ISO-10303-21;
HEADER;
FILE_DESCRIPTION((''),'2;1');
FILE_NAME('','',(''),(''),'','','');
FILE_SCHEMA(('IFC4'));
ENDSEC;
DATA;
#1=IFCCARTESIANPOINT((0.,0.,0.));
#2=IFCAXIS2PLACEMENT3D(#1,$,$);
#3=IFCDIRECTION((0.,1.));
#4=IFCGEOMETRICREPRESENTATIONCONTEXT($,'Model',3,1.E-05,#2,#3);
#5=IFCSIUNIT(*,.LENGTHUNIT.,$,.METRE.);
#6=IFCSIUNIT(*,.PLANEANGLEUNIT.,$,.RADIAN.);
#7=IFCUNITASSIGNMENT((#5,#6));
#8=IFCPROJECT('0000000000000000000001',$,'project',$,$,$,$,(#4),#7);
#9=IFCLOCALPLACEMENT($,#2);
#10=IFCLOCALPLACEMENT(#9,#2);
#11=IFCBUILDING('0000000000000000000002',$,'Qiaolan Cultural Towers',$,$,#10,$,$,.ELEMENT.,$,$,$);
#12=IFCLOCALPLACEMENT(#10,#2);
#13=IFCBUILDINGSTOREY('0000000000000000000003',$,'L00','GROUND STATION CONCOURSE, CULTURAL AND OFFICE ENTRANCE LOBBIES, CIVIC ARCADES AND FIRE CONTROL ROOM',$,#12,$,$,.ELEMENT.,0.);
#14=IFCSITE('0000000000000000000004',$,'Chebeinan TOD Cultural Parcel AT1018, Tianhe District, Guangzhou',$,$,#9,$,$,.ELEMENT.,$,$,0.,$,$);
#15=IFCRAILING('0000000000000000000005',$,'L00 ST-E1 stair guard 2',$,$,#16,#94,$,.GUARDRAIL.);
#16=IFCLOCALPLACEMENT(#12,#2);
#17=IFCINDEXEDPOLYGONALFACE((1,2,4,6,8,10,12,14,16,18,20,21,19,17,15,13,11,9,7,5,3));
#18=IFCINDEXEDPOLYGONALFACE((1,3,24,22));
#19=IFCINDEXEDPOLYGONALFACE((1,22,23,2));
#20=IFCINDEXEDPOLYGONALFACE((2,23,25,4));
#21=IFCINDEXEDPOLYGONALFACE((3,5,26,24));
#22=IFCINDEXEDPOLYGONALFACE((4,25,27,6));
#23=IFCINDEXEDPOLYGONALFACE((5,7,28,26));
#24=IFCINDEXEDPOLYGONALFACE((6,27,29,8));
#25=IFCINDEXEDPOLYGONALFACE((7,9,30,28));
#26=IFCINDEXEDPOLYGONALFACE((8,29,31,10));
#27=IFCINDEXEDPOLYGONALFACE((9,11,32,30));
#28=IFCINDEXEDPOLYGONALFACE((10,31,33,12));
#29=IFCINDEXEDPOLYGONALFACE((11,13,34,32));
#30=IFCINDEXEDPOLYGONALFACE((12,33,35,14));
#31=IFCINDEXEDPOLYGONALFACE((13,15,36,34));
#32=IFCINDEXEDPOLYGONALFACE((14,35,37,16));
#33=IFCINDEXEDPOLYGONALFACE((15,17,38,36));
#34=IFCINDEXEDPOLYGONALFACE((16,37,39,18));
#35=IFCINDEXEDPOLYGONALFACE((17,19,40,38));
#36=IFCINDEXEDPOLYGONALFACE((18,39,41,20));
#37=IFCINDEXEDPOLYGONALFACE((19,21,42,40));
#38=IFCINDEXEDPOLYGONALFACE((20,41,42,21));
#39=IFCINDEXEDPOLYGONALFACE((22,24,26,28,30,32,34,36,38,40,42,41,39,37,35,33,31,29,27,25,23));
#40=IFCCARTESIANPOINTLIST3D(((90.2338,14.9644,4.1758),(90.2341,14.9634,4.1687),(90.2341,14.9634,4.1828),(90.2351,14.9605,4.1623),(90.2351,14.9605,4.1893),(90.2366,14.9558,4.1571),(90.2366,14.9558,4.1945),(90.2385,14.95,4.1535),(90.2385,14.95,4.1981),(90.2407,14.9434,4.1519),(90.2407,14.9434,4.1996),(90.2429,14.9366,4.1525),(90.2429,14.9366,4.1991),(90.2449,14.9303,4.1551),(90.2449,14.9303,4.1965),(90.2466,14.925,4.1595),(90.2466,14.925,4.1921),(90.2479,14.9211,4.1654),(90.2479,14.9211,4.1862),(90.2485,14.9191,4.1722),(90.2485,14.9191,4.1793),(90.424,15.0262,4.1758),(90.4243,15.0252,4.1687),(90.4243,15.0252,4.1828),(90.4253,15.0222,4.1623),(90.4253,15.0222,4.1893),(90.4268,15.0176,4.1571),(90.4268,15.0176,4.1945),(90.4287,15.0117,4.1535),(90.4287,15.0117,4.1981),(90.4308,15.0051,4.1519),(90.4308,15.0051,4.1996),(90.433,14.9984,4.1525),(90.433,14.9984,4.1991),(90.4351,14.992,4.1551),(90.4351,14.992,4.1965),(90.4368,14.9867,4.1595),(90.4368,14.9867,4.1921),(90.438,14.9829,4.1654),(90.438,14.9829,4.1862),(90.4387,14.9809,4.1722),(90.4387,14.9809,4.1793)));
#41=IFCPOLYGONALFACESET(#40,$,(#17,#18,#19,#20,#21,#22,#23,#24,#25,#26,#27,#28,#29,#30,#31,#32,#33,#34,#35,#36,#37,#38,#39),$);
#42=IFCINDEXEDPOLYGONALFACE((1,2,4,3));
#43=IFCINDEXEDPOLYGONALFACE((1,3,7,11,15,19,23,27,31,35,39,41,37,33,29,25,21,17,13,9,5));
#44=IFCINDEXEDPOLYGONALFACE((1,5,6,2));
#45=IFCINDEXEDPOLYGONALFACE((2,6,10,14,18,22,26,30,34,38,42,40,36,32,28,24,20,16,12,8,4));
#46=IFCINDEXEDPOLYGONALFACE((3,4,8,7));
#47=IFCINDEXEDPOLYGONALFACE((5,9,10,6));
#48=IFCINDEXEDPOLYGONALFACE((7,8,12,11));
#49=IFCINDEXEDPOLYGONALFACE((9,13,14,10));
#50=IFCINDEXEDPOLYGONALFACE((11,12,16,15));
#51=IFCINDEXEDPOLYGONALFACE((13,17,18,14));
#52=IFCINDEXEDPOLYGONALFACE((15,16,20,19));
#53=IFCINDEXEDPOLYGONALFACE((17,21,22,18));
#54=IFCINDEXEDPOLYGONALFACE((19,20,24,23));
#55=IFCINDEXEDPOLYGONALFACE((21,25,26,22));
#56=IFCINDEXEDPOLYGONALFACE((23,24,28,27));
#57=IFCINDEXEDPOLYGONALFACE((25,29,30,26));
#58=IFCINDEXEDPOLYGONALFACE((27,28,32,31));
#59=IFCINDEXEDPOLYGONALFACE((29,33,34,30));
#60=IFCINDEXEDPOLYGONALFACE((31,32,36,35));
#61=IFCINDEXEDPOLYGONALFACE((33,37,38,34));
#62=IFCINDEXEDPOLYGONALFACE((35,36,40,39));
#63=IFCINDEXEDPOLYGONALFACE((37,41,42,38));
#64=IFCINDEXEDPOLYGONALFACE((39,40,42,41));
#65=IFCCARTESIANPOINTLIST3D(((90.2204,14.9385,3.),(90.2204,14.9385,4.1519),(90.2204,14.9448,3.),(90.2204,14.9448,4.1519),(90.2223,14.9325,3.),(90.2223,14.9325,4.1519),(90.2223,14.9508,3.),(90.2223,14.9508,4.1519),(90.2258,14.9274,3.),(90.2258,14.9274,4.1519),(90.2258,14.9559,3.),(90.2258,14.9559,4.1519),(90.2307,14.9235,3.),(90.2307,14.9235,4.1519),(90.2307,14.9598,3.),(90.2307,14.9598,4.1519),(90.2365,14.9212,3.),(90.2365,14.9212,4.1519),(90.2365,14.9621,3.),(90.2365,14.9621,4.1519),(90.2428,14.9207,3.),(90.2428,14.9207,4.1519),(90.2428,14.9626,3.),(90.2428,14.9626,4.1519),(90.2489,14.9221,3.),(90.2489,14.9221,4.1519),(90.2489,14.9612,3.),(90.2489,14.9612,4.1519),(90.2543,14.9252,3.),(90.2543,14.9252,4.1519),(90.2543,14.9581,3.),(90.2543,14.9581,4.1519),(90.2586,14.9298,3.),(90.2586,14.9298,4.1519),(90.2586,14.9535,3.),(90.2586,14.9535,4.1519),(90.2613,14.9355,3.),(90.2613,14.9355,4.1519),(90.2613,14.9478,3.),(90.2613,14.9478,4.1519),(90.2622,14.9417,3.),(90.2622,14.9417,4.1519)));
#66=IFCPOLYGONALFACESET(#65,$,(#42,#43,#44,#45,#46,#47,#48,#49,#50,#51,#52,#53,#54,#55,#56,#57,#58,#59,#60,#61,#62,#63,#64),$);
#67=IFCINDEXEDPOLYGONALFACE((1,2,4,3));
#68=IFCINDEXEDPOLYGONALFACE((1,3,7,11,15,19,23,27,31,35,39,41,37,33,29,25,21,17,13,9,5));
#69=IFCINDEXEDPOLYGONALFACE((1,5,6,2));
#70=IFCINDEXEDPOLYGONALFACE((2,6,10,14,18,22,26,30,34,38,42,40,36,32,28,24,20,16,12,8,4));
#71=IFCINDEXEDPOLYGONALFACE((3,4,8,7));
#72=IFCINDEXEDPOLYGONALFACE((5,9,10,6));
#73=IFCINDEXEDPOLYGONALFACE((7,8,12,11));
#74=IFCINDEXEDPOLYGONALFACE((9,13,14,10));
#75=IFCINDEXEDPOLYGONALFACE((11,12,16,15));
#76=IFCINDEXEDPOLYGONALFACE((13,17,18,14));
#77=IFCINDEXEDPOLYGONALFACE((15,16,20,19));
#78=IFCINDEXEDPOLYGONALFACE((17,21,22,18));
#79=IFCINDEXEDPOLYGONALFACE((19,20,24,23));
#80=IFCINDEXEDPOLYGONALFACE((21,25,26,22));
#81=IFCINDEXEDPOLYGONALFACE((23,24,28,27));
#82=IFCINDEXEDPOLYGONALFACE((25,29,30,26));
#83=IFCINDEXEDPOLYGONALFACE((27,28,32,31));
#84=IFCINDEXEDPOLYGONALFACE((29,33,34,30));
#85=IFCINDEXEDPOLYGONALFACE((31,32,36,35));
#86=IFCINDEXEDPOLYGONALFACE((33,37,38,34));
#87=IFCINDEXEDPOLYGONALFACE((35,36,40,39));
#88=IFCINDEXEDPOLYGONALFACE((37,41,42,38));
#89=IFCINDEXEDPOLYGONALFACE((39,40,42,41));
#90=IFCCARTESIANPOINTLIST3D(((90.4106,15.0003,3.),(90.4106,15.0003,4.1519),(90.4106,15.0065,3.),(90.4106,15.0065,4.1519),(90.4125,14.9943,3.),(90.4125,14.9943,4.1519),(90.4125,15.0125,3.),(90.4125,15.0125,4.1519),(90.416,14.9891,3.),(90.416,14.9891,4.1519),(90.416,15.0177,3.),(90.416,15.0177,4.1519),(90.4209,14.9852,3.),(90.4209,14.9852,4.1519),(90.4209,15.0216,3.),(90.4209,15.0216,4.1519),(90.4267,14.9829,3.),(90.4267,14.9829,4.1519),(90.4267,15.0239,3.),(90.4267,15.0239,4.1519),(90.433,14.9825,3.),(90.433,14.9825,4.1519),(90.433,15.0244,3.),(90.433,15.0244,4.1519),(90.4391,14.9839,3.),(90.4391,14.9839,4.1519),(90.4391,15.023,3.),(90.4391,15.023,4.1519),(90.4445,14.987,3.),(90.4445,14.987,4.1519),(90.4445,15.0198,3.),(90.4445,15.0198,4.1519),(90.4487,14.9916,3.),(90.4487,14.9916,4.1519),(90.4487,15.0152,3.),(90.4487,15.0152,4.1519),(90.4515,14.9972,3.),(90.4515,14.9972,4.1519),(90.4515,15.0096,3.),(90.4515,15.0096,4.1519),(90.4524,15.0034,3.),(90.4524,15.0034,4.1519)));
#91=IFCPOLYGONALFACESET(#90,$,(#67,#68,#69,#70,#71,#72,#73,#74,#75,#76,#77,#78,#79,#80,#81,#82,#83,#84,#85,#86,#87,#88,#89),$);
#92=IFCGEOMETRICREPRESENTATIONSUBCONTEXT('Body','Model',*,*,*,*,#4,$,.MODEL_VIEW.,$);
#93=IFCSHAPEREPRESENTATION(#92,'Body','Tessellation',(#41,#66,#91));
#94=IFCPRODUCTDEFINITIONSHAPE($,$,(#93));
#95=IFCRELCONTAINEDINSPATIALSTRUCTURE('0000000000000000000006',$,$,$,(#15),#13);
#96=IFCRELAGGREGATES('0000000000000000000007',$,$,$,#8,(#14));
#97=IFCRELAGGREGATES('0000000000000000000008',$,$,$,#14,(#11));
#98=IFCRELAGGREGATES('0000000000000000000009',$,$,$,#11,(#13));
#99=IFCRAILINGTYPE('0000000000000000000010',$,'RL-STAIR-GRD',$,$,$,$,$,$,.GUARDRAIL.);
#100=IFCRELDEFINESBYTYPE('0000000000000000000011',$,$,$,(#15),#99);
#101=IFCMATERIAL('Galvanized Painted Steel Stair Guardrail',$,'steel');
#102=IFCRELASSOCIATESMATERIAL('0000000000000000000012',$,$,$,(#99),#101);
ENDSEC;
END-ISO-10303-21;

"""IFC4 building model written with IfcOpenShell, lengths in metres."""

from ifc_helpers import new_model, si_unit, direction, frame, origin, origin_2d, place, context, subcontext, project, spatial, circle, extrude, material, type_object, element, save


model = new_model("IFC4")

# Units and contexts
model_context = context("Model", 3, precision=1e-05, world=origin(), true_north=direction((0.0, 1.0)))
body_context = subcontext(model_context, "Body", "Model", "MODEL_VIEW")
ifc_project = project(units=[si_unit("LENGTHUNIT", "METRE"), si_unit("PLANEANGLEUNIT", "RADIAN")], contexts=[model_context])

# Site, building, storey
site_placement = place(None, origin())
site = spatial("IfcSite", under=ifc_project, at=site_placement, Name="Chebeinan TOD Cultural Parcel AT1018, Tianhe District, Guangzhou", CompositionType="ELEMENT", RefElevation=0.0)
building_placement = place(site_placement, origin())
building = spatial("IfcBuilding", under=site, at=building_placement, Name="Qiaolan Cultural Towers", CompositionType="ELEMENT")
storey_placement = place(building_placement, origin())
storey = spatial("IfcBuildingStorey", under=building, at=storey_placement, Name="L00", Description="GROUND STATION CONCOURSE, CULTURAL AND OFFICE ENTRANCE LOBBIES, CIVIC ARCADES AND FIRE CONTROL ROOM", CompositionType="ELEMENT", Elevation=0.0)

# Railing
ifc_material_1 = material(Name="Galvanized Painted Steel Stair Guardrail", Category="steel")
railing_type_1 = type_object("IfcRailingType", Name="RL-STAIR-GRD", PredefinedType="GUARDRAIL", material=ifc_material_1)
railing_1_placement = place(storey_placement, frame((90.2412, 14.9417, 3.0)))
element("IfcRailing", 1, at=railing_1_placement, inside=storey, type_object=railing_type_1, Name="L00 ST-E1 stair guard 2", PredefinedType="GUARDRAIL", context=body_context, shape_type="SweptSolid", body=[
    extrude(circle(Radius=0.0239, at=origin_2d()), frame((0.0, 0.0, 1.1758), z_axis=(0.951097, 0.308893, 0.0), x_axis=(-0.308893, 0.951097, 0.0)), (0.0, 0.0, 1.0), 0.2),
    extrude(circle(Radius=0.021, at=origin_2d()), origin(), (0.0, 0.0, 1.0), 1.1519),
    extrude(circle(Radius=0.021, at=origin_2d()), frame((0.1902, 0.0618, 0.0)), (0.0, 0.0, 1.0), 1.1519),
])

save(model, "model.ifc")
